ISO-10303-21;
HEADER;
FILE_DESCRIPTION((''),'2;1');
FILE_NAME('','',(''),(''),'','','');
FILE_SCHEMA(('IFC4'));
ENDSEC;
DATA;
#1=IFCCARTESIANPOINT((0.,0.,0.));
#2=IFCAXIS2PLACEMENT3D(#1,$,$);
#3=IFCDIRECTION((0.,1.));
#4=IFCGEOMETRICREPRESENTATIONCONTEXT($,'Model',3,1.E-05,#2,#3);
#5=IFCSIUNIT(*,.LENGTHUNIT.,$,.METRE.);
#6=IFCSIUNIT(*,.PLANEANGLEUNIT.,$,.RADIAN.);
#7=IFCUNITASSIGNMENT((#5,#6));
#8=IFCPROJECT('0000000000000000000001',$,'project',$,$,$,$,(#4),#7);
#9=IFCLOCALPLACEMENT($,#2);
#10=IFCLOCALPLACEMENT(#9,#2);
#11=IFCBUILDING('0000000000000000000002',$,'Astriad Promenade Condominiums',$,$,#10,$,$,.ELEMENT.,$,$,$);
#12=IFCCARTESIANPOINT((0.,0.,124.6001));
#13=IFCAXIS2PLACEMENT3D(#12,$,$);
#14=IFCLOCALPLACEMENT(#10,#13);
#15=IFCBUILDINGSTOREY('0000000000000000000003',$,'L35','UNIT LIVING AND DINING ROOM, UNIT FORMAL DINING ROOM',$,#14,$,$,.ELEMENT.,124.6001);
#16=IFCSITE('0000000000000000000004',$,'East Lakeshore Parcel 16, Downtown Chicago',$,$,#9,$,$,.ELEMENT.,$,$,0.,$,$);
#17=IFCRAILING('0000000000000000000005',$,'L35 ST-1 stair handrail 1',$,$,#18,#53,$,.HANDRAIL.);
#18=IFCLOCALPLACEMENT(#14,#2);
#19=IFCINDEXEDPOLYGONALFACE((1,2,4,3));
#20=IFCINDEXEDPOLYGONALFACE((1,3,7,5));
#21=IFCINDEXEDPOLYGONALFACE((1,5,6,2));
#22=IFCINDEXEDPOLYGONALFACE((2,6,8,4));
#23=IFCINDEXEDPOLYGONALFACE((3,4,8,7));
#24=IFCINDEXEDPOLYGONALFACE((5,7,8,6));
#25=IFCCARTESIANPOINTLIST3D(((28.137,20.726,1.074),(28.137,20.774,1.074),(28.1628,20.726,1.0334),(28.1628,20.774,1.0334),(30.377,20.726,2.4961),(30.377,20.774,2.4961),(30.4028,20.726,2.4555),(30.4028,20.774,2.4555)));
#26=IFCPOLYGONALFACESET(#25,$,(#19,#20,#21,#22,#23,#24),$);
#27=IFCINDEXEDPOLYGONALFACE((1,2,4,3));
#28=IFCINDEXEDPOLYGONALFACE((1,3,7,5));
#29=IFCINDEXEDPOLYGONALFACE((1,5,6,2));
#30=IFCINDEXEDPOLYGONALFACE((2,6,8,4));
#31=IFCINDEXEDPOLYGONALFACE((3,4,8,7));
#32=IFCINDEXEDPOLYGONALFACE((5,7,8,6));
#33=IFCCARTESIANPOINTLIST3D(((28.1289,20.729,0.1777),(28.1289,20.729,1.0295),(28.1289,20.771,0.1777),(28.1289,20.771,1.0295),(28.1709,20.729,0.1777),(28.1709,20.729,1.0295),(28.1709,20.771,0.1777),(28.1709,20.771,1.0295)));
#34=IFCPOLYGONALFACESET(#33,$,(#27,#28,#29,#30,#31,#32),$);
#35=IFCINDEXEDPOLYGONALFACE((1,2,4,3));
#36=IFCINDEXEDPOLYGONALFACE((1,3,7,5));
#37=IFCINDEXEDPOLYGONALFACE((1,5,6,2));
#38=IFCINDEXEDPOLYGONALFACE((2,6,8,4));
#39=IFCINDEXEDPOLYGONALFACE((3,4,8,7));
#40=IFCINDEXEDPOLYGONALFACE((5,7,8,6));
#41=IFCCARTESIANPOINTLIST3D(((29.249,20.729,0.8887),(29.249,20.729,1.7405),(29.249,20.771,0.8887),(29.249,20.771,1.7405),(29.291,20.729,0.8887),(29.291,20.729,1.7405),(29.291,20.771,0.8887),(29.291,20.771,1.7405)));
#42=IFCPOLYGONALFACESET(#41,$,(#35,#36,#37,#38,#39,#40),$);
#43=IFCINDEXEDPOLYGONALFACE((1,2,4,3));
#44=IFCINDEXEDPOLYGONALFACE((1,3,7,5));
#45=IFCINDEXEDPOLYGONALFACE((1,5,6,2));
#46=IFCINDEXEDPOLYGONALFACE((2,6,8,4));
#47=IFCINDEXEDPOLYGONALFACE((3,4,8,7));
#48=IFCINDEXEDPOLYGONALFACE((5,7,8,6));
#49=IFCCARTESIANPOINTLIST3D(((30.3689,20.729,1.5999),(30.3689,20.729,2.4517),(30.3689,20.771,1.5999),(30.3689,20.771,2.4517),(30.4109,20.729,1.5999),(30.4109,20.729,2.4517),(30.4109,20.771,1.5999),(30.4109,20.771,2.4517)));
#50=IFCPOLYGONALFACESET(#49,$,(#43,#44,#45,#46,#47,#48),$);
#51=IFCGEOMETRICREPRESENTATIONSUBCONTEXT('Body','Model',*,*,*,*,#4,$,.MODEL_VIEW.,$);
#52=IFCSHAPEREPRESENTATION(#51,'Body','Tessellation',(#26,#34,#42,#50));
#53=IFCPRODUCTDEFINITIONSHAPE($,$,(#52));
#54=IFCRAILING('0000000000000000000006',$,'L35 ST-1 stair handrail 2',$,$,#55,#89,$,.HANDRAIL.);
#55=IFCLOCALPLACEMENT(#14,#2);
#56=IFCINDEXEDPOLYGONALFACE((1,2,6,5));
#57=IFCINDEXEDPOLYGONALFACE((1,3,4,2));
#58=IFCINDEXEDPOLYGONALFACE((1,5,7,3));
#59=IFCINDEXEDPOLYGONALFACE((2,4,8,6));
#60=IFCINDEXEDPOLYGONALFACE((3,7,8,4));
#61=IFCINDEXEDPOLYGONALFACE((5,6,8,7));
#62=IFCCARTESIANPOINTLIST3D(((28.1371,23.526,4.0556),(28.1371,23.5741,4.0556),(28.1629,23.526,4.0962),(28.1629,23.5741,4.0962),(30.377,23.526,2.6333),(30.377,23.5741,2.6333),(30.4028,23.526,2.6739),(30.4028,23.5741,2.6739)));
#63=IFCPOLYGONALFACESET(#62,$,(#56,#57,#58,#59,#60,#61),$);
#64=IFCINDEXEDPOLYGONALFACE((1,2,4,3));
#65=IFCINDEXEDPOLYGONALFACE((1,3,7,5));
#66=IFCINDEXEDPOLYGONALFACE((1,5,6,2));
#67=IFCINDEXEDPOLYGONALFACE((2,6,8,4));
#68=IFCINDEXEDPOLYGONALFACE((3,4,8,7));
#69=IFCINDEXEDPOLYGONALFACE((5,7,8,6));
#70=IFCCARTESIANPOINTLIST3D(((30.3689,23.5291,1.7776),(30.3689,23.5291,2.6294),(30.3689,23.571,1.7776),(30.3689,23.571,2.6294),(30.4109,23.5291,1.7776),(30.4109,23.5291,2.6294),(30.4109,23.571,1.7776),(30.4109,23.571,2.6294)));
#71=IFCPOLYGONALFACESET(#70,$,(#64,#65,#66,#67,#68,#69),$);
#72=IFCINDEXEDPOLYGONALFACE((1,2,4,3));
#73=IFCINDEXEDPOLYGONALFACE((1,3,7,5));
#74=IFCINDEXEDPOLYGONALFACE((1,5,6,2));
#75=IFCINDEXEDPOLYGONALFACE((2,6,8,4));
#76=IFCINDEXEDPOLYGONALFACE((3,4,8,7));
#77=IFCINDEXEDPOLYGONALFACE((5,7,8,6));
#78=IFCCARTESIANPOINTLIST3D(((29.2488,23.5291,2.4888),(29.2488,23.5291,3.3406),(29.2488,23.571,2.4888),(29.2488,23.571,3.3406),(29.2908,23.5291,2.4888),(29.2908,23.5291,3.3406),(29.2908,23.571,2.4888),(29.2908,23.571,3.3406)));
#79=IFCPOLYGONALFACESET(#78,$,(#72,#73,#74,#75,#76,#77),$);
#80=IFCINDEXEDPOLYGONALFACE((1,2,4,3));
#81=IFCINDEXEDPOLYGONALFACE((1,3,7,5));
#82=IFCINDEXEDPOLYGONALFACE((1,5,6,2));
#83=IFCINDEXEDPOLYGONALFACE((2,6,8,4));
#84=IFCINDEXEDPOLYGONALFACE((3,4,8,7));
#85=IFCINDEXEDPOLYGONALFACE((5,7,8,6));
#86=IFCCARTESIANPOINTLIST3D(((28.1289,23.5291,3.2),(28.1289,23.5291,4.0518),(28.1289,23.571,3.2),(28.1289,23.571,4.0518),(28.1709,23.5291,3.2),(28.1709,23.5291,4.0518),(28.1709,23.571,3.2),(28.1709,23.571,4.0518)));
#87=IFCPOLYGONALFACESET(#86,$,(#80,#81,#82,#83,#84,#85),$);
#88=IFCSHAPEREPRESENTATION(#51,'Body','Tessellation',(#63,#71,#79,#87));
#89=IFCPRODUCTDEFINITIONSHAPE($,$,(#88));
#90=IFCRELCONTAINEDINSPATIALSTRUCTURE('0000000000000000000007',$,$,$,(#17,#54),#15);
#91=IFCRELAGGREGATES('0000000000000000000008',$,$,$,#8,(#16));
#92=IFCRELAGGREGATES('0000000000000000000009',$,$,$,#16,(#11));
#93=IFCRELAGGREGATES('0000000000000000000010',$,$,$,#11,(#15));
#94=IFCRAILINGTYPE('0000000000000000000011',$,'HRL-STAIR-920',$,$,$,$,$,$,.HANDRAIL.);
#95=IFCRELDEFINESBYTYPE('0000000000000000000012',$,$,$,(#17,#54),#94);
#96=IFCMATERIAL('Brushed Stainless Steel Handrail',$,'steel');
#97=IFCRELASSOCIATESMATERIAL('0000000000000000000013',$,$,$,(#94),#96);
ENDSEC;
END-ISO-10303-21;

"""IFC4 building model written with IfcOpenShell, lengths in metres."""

from ifc_helpers import new_model, si_unit, direction, frame, origin, origin_2d, place, context, subcontext, project, spatial, rectangle, extrude, source, transform, mapped, material, type_object, type_shapes, element, save


model = new_model("IFC4")

# Units and contexts
model_context = context("Model", 3, precision=1e-05, world=origin(), true_north=direction((0.0, 1.0)))
body_context = subcontext(model_context, "Body", "Model", "MODEL_VIEW")
ifc_project = project(units=[si_unit("LENGTHUNIT", "METRE"), si_unit("PLANEANGLEUNIT", "RADIAN")], contexts=[model_context])

# Site, building, storey
site_placement = place(None, origin())
site = spatial("IfcSite", under=ifc_project, at=site_placement, Name="East Lakeshore Parcel 16, Downtown Chicago", CompositionType="ELEMENT", RefElevation=0.0)
building_placement = place(site_placement, origin())
building = spatial("IfcBuilding", under=site, at=building_placement, Name="Astriad Promenade Condominiums", CompositionType="ELEMENT")
storey_placement = place(building_placement, frame((0.0, 0.0, 124.6001)))
storey = spatial("IfcBuildingStorey", under=building, at=storey_placement, Name="L35", Description="UNIT LIVING AND DINING ROOM, UNIT FORMAL DINING ROOM", CompositionType="ELEMENT", Elevation=124.6001)

# Railings
ifc_material_1 = material(Name="Brushed Stainless Steel Handrail", Category="steel")
railing_type_1 = type_object("IfcRailingType", Name="HRL-STAIR-920", PredefinedType="HANDRAIL", material=ifc_material_1)
shared_shape_1 = source(origin(), body_context, "Body", "SweptSolid", [
    extrude(rectangle(XDim=0.0481, YDim=0.0481, at=origin_2d()), frame((0.0, 0.0, 0.876), z_axis=(0.844229, 0.0, 0.535982), x_axis=(0.0, 1.0, 0.0)), (0.0, 0.0, 1.0), 2.6533),
    extrude(rectangle(XDim=0.042, YDim=0.042, at=origin_2d()), origin(), (0.0, 0.0, 1.0), 0.8518),
    extrude(rectangle(XDim=0.042, YDim=0.042, at=origin_2d()), frame((1.1201, 0.0, 0.7109)), (0.0, 0.0, 1.0), 0.8518),
    extrude(rectangle(XDim=0.042, YDim=0.042, at=origin_2d()), frame((2.24, 0.0, 1.4221)), (0.0, 0.0, 1.0), 0.8518),
])
railing_1_placement = place(storey_placement, frame((28.1499, 20.75, 0.1777)))
element("IfcRailing", 1, at=railing_1_placement, inside=storey, type_object=railing_type_1, Name="L35 ST-1 stair handrail 1", PredefinedType="HANDRAIL", context=body_context, shape_type="MappedRepresentation", body=[
    mapped(shared_shape_1, transform((0.0, 0.0, 0.0), scale=1.0)),
])
shared_shape_2 = source(origin(), body_context, "Body", "SweptSolid", [
    extrude(rectangle(XDim=0.0481, YDim=0.0481, at=origin_2d()), frame((0.0, 0.0, 0.876), z_axis=(-0.844188, 0.0, 0.536048), x_axis=(0.0, -1.0, 0.0)), (0.0, 0.0, 1.0), 2.6533),
    extrude(rectangle(XDim=0.042, YDim=0.042, at=origin_2d()), origin(), (0.0, 0.0, 1.0), 0.8518),
    extrude(rectangle(XDim=0.042, YDim=0.042, at=origin_2d()), frame((-1.1201, 0.0, 0.7112)), (0.0, 0.0, 1.0), 0.8518),
    extrude(rectangle(XDim=0.042, YDim=0.042, at=origin_2d()), frame((-2.24, 0.0, 1.4224)), (0.0, 0.0, 1.0), 0.8518),
])
type_shapes(railing_type_1, [shared_shape_1, shared_shape_2])
railing_2_placement = place(storey_placement, frame((30.3899, 23.55, 1.7776)))
element("IfcRailing", 2, at=railing_2_placement, inside=storey, type_object=railing_type_1, Name="L35 ST-1 stair handrail 2", PredefinedType="HANDRAIL", context=body_context, shape_type="MappedRepresentation", body=[
    mapped(shared_shape_2, transform((0.0, 0.0, 0.0), scale=1.0)),
])

save(model, "model.ifc")
